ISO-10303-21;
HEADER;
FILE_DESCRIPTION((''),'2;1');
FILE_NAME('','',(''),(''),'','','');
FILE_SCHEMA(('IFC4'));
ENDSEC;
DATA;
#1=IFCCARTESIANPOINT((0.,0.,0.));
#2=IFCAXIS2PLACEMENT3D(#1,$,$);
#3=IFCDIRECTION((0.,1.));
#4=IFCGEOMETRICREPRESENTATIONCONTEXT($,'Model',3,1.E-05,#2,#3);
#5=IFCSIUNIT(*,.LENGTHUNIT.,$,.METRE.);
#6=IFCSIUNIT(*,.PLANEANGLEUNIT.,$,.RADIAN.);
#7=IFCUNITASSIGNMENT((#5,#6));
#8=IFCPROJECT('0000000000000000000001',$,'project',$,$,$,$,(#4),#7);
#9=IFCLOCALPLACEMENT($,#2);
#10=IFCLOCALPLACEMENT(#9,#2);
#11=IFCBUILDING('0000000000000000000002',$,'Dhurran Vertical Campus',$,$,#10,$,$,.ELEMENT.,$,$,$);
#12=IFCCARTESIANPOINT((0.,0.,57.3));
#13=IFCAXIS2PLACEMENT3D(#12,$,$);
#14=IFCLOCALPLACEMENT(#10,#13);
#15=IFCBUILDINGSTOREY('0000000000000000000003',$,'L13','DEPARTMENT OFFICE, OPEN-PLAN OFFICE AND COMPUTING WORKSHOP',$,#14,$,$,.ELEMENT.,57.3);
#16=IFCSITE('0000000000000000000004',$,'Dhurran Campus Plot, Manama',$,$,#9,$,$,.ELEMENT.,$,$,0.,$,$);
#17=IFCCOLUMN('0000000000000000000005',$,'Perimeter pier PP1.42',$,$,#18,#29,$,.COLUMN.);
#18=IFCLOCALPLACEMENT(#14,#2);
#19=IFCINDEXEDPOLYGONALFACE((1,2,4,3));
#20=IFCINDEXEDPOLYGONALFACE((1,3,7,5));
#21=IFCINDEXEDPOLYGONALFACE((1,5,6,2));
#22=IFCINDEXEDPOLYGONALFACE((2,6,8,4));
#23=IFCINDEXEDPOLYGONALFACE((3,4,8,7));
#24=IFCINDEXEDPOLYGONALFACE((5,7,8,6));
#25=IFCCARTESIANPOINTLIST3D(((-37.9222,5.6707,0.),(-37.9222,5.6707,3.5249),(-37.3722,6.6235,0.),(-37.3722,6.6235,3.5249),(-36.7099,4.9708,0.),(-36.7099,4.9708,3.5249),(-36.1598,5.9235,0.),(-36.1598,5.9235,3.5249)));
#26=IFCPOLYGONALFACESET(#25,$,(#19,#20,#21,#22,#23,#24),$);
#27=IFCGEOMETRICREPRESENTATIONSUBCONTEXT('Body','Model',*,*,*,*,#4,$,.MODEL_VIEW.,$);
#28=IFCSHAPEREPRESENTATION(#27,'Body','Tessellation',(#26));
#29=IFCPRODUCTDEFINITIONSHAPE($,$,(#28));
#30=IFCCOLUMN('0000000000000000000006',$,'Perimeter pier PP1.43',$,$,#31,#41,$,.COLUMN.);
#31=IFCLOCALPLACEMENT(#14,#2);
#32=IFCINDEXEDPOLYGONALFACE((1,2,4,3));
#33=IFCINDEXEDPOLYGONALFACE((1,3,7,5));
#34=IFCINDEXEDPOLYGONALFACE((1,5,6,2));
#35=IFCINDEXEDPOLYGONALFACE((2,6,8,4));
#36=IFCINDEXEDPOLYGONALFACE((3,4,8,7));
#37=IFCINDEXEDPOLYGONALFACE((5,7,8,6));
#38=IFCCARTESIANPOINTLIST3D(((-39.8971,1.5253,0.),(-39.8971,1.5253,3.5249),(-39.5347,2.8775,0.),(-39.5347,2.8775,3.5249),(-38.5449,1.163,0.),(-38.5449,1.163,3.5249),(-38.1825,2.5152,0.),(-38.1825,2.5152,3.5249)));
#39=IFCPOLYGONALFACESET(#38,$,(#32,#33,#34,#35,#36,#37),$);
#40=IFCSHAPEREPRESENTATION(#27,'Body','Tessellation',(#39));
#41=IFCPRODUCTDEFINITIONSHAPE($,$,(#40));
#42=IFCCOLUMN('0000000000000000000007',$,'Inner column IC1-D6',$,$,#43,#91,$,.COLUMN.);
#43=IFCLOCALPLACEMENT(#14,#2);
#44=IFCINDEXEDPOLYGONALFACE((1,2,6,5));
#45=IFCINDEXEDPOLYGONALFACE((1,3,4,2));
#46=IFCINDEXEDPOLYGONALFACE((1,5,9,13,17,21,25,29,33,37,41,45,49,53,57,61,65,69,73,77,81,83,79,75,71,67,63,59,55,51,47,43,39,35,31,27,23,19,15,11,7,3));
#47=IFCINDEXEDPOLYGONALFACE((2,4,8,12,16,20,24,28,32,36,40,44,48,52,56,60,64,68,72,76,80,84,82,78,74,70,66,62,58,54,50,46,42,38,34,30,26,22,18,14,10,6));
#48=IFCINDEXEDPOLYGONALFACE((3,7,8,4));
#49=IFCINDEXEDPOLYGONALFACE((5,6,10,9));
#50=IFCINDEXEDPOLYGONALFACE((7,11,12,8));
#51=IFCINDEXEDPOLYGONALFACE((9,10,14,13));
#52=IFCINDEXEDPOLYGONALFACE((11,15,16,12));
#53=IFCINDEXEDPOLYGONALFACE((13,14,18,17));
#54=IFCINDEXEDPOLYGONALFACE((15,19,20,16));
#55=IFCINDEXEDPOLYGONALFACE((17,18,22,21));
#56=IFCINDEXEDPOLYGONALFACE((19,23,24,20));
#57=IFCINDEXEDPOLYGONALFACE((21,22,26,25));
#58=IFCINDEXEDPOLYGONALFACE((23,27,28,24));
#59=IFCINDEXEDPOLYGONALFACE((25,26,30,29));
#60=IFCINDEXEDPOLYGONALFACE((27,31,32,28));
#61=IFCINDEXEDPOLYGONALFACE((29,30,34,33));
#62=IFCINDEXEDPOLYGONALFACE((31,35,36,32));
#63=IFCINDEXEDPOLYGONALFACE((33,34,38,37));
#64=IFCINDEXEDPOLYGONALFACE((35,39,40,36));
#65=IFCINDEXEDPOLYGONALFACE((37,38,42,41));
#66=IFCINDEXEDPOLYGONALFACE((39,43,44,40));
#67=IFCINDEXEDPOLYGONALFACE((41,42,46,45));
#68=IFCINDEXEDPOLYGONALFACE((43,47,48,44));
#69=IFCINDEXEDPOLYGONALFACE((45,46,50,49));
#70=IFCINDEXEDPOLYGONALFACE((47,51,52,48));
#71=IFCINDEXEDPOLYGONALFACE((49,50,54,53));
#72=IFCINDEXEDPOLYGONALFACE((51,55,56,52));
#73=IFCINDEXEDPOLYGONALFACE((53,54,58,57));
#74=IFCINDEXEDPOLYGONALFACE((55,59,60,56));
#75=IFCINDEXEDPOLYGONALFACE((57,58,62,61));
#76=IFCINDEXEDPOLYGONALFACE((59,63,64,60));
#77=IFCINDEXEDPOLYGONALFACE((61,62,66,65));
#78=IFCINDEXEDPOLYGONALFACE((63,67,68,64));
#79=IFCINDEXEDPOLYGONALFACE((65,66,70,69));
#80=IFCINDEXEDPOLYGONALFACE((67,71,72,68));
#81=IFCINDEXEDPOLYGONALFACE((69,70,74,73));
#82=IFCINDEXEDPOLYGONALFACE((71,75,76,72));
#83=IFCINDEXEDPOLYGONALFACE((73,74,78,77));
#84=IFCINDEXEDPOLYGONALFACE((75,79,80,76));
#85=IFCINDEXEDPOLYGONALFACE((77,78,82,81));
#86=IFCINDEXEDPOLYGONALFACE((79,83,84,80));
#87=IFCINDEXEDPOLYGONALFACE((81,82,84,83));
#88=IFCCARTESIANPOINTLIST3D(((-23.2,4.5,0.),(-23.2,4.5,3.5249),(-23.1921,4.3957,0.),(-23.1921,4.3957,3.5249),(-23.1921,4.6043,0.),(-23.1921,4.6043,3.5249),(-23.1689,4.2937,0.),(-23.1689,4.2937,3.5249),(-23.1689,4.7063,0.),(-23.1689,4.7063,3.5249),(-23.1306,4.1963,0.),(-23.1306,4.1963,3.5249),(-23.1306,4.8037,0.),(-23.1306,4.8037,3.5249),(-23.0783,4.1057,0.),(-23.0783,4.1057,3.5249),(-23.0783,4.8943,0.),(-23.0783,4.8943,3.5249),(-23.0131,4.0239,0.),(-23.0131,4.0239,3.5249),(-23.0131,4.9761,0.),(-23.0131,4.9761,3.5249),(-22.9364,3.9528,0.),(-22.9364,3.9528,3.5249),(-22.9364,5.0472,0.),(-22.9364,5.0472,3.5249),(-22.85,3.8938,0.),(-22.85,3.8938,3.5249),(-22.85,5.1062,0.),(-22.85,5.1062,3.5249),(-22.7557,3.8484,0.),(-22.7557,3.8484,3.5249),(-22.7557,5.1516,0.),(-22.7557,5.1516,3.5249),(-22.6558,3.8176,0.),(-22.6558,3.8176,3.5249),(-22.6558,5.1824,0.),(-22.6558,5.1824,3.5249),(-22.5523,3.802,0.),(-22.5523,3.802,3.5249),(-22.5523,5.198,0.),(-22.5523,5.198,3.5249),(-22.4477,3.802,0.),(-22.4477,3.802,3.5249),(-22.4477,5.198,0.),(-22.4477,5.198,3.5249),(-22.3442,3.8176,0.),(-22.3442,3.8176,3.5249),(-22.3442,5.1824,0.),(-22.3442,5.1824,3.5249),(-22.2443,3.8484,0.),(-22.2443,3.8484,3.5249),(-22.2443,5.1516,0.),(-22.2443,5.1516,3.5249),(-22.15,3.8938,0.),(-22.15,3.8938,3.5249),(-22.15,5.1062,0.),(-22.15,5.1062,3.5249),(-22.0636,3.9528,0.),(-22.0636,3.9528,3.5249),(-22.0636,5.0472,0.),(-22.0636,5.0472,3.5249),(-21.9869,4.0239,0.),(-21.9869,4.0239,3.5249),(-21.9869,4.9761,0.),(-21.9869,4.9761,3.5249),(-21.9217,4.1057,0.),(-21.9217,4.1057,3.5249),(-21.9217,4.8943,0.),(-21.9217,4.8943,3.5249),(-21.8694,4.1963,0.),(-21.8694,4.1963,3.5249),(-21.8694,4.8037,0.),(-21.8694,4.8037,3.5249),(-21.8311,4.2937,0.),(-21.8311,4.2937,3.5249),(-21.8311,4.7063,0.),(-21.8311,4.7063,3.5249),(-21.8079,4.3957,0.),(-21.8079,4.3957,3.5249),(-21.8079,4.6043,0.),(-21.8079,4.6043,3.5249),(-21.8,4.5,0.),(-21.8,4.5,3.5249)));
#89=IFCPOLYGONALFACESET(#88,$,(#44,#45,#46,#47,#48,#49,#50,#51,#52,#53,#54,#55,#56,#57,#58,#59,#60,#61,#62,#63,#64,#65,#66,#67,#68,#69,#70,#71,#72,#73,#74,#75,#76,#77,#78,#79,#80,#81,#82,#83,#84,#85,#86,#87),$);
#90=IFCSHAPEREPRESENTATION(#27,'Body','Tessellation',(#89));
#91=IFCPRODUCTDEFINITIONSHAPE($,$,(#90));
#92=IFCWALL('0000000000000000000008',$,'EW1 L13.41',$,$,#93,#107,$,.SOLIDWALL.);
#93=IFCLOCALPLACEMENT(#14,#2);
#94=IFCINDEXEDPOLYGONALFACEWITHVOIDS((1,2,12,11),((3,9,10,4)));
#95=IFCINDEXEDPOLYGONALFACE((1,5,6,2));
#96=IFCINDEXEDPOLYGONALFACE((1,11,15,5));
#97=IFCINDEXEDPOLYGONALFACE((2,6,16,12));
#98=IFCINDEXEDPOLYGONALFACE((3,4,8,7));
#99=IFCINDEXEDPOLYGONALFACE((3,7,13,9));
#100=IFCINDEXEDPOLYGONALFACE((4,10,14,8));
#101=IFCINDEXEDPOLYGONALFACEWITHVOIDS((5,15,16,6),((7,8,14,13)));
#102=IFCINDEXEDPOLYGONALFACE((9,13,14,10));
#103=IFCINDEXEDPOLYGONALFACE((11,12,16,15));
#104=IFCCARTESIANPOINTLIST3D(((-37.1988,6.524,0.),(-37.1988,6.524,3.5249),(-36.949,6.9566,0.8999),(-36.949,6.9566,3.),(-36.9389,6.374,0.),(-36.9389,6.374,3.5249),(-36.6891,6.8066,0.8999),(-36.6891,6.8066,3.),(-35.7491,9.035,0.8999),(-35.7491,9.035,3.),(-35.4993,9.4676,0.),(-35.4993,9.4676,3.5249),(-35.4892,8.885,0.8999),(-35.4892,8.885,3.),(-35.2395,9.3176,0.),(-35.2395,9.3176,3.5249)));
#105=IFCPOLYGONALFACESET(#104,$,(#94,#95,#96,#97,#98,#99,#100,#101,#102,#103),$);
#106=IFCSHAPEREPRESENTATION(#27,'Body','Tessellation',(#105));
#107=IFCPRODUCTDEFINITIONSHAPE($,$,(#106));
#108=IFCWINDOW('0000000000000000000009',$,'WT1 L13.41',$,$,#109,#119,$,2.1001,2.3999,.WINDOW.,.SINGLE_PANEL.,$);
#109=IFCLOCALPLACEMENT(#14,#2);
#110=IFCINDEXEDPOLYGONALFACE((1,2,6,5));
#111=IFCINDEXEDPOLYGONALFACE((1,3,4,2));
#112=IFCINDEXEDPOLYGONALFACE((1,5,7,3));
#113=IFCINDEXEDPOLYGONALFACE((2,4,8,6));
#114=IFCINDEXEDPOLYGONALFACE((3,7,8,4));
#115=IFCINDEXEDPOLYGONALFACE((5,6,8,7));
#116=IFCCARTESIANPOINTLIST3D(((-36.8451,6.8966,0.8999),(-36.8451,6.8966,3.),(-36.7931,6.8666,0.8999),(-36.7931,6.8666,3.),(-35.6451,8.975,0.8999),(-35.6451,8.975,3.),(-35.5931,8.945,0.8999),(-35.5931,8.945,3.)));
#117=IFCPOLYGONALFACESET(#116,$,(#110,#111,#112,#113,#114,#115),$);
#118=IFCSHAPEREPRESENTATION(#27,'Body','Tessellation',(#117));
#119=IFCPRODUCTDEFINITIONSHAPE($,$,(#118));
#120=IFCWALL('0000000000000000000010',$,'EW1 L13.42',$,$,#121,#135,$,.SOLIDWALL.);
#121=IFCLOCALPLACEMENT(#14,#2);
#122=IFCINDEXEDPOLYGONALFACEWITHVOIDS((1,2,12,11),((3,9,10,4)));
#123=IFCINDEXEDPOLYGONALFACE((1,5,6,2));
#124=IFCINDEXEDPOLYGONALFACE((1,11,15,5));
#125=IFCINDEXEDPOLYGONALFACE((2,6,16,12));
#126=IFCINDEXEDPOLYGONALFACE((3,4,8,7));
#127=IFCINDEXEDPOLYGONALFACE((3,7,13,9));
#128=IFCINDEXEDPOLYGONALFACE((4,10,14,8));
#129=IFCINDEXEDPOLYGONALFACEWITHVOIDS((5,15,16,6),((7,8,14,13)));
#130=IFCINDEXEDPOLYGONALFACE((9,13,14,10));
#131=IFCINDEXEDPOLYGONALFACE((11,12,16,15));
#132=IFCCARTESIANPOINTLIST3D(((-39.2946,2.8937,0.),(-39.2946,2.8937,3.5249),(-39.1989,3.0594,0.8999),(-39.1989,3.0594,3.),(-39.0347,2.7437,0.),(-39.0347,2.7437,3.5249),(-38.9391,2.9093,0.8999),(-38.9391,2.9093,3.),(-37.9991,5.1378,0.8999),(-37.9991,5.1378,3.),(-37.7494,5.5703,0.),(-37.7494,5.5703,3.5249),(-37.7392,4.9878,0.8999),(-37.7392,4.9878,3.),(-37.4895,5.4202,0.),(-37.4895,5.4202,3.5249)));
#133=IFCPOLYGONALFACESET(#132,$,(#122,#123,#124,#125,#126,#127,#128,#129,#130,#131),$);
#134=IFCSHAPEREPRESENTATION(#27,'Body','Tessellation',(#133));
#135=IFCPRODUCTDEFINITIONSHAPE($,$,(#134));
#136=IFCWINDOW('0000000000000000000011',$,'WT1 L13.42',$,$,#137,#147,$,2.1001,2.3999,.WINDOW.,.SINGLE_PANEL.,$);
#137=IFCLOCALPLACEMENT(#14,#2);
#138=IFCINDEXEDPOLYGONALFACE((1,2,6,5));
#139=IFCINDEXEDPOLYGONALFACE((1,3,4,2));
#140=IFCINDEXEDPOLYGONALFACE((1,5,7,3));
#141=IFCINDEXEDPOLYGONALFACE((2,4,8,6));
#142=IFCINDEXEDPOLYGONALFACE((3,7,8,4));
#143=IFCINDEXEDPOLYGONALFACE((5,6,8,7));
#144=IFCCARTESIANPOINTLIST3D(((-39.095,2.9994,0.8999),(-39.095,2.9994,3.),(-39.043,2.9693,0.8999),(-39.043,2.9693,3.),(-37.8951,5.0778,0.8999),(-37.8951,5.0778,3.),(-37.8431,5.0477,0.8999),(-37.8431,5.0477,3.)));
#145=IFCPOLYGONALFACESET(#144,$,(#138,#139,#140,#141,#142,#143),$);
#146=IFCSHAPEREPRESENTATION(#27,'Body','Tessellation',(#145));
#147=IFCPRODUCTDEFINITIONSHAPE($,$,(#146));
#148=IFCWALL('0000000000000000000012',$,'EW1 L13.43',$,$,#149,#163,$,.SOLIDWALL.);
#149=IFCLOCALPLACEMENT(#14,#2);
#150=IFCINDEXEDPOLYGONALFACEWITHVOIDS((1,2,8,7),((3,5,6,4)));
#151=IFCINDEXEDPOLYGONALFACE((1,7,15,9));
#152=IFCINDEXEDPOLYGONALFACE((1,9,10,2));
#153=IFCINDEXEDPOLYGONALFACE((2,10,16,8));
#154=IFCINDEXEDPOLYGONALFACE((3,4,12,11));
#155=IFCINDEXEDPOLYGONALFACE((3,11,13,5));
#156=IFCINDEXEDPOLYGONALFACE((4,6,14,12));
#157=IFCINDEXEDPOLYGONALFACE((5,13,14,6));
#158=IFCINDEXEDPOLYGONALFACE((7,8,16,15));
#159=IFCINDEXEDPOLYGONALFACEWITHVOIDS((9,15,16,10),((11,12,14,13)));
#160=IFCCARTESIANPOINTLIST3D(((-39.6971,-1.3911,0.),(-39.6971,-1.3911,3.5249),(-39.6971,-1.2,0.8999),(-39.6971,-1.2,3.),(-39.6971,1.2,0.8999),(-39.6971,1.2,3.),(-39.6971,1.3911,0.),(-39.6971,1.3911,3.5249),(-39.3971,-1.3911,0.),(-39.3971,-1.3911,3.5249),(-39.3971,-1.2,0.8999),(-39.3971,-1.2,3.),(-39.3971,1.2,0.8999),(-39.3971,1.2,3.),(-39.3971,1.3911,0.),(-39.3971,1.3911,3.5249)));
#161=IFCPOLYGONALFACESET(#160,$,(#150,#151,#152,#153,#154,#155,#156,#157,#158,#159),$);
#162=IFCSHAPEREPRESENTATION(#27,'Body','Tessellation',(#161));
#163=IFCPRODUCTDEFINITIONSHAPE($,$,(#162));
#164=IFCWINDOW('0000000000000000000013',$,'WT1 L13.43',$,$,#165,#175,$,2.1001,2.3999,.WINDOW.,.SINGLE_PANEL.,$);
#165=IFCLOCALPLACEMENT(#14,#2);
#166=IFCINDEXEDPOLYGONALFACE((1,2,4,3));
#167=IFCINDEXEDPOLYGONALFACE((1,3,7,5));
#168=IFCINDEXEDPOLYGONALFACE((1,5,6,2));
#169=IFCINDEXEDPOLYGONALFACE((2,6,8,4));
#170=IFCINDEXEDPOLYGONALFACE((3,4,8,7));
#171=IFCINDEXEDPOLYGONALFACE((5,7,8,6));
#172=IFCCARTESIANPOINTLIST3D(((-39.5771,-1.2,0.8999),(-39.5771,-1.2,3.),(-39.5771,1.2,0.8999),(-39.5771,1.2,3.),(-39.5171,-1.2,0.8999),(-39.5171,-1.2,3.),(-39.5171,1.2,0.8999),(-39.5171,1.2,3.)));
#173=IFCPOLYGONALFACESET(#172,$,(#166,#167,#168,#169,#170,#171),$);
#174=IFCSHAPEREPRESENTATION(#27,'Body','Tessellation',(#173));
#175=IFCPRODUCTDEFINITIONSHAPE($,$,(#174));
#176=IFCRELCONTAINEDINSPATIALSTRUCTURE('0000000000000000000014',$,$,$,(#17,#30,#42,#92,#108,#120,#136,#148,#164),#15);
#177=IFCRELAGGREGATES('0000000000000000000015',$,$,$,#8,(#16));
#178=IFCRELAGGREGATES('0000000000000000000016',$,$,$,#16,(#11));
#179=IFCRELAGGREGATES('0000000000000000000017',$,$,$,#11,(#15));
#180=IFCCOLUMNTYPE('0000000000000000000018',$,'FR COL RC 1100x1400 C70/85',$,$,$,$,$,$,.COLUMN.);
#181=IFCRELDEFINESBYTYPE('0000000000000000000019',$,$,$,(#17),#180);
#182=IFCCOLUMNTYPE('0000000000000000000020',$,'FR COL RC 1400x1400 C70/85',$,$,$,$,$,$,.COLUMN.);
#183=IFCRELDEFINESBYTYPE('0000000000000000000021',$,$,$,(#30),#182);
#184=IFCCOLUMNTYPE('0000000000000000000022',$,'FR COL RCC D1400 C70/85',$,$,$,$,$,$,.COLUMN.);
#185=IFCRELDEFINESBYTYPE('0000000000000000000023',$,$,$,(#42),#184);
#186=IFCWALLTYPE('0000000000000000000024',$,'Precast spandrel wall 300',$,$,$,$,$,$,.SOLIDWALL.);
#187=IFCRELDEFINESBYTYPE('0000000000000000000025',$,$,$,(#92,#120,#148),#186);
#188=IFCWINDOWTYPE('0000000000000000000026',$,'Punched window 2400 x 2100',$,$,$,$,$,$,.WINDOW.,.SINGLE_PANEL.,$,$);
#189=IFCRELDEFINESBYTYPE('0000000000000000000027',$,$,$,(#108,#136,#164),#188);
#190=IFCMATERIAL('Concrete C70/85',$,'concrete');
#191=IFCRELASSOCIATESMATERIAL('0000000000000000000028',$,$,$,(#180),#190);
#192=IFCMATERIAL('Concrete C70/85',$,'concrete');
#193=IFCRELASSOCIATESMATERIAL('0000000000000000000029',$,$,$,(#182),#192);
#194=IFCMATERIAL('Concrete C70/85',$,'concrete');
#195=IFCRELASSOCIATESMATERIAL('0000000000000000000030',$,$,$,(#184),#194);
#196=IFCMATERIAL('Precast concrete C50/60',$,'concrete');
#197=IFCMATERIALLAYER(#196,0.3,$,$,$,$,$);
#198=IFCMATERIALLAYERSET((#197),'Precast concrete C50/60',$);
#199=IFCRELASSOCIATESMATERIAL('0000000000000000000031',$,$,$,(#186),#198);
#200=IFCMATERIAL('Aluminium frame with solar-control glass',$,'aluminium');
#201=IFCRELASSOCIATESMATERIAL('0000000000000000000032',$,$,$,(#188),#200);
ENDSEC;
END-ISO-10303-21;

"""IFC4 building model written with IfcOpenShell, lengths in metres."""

from ifc_helpers import new_model, si_unit, direction, frame, frame_2d, origin, origin_2d, place, context, subcontext, project, spatial, rectangle, circle, extrude, material, layer, layer_set, material_profile, profile_set, type_object, element, fill, save


model = new_model("IFC4")

# Units and contexts
model_context = context("Model", 3, precision=1e-05, world=origin(), true_north=direction((0.0, 1.0)))
body_context = subcontext(model_context, "Body", "Model", "MODEL_VIEW")
ifc_project = project(units=[si_unit("LENGTHUNIT", "METRE"), si_unit("PLANEANGLEUNIT", "RADIAN")], contexts=[model_context])

# Site, building, storey
site_placement = place(None, origin())
site = spatial("IfcSite", under=ifc_project, at=site_placement, Name="Dhurran Campus Plot, Manama", CompositionType="ELEMENT", RefElevation=0.0)
building_placement = place(site_placement, origin())
building = spatial("IfcBuilding", under=site, at=building_placement, Name="Dhurran Vertical Campus", CompositionType="ELEMENT")
storey_placement = place(building_placement, frame((0.0, 0.0, 57.3)))
storey = spatial("IfcBuildingStorey", under=building, at=storey_placement, Name="L13", Description="DEPARTMENT OFFICE, OPEN-PLAN OFFICE AND COMPUTING WORKSHOP", CompositionType="ELEMENT", Elevation=57.3)

# Columns
ifc_material_1 = material(Name="Concrete C70/85", Category="concrete")
ifc_material_profile_1 = material_profile(ifc_material_1, rectangle(XDim=1.1001, YDim=1.3999, at=origin_2d()), Name="RC 1100x1400")
ifc_profile_set_1 = profile_set([ifc_material_profile_1], Name="Concrete C70/85")
column_type_1 = type_object("IfcColumnType", Name="FR COL RC 1100x1400 C70/85", PredefinedType="COLUMN", material=ifc_profile_set_1)
column_1_placement = place(storey_placement, frame((-37.041, 5.7971, 0.0), z_axis=(0.0, 0.0, 1.0), x_axis=(-0.5, -0.866025, 0.0)))
element("IfcColumn", 1, at=column_1_placement, inside=storey, type_object=column_type_1, Name="Perimeter pier PP1.42", PredefinedType="COLUMN", context=body_context, shape_type="SweptSolid", body=[
    extrude(rectangle(XDim=1.1001, YDim=1.3999, at=origin_2d()), origin(), (0.0, 0.0, 1.0), 3.5249),
])
ifc_material_2 = material(Name="Concrete C70/85", Category="concrete")
ifc_material_profile_2 = material_profile(ifc_material_2, rectangle(XDim=1.3999, YDim=1.3999, at=origin_2d()), Name="RC 1400x1400")
ifc_profile_set_2 = profile_set([ifc_material_profile_2], Name="Concrete C70/85")
column_type_2 = type_object("IfcColumnType", Name="FR COL RC 1400x1400 C70/85", PredefinedType="COLUMN", material=ifc_profile_set_2)
column_2_placement = place(storey_placement, frame((-39.0398, 2.0203, 0.0), z_axis=(0.0, 0.0, 1.0), x_axis=(-0.258819, -0.965926, 0.0)))
element("IfcColumn", 2, at=column_2_placement, inside=storey, type_object=column_type_2, Name="Perimeter pier PP1.43", PredefinedType="COLUMN", context=body_context, shape_type="SweptSolid", body=[
    extrude(rectangle(XDim=1.3999, YDim=1.3999, at=origin_2d()), origin(), (0.0, 0.0, 1.0), 3.5249),
])
ifc_material_3 = material(Name="Concrete C70/85", Category="concrete")
ifc_material_profile_3 = material_profile(ifc_material_3, circle(Radius=0.7, at=origin_2d()), Name="RCC D1400")
ifc_profile_set_3 = profile_set([ifc_material_profile_3], Name="Concrete C70/85")
column_type_3 = type_object("IfcColumnType", Name="FR COL RCC D1400 C70/85", PredefinedType="COLUMN", material=ifc_profile_set_3)
column_3_placement = place(storey_placement, frame((-22.5, 4.5, 0.0), z_axis=(0.0, 0.0, 1.0), x_axis=(1.0, 0.0, 0.0)))
element("IfcColumn", 3, at=column_3_placement, inside=storey, type_object=column_type_3, Name="Inner column IC1-D6", PredefinedType="COLUMN", context=body_context, shape_type="SweptSolid", body=[
    extrude(circle(Radius=0.7, at=origin_2d()), origin(), (0.0, 0.0, 1.0), 3.5249),
])

# Walls, openings, windows
ifc_material_4 = material(Name="Precast concrete C50/60", Category="concrete")
ifc_layer_1 = layer(ifc_material_4, 0.3)
ifc_layer_set_1 = layer_set([ifc_layer_1], Name="Precast concrete C50/60")
wall_type_1 = type_object("IfcWallType", Name="Precast spandrel wall 300", PredefinedType="SOLIDWALL", material=ifc_layer_set_1)
wall_1_placement = place(storey_placement, frame((-35.3694, 9.3926, 0.0), z_axis=(0.0, 0.0, 1.0), x_axis=(-0.499994, -0.866029, 0.0)))
wall_1 = element("IfcWall", 4, at=wall_1_placement, inside=storey, type_object=wall_type_1, Name="EW1 L13.41", PredefinedType="SOLIDWALL", context=body_context, shape_type="SweptSolid", body=[
    extrude(rectangle(XDim=3.3989, YDim=0.3, at=frame_2d((1.6995, 0.0))), origin(), (0.0, 0.0, 1.0), 3.5249),
])
opening_1_placement = place(wall_1_placement, frame((0.4995, 0.0, 0.8999)))
opening_1 = element("IfcOpeningElement", 5, at=opening_1_placement, cuts=wall_1, PredefinedType="OPENING", context=body_context, shape_type="SweptSolid", body=[
    extrude(rectangle(XDim=2.3999, YDim=2.1001, at=frame_2d((1.2, 1.05))), frame((0.0, 0.1599, 0.0), z_axis=(0.0, -1.0, 0.0), x_axis=(1.0, 0.0, 0.0)), (0.0, 0.0, 1.0), 0.3201),
])
ifc_material_5 = material(Name="Aluminium frame with solar-control glass", Category="aluminium")
window_type = type_object("IfcWindowType", Name="Punched window 2400 x 2100", PartitioningType="SINGLE_PANEL", PredefinedType="WINDOW", material=ifc_material_5)
window_1_placement = place(opening_1_placement, origin())
window_1 = element("IfcWindow", 6, at=window_1_placement, inside=storey, type_object=window_type, Name="WT1 L13.41", OverallHeight=2.1001, OverallWidth=2.3999, PartitioningType="SINGLE_PANEL", PredefinedType="WINDOW", context=body_context, shape_type="SweptSolid", body=[
    extrude(rectangle(XDim=2.3999, YDim=2.1001, at=frame_2d((1.2, 1.05))), frame((0.0, 0.03, 0.0), z_axis=(0.0, -1.0, 0.0), x_axis=(1.0, 0.0, 0.0)), (0.0, 0.0, 1.0), 0.0601),
])
fill(opening_1, window_1)
wall_2_placement = place(storey_placement, frame((-37.6194, 5.4954, 0.0), z_axis=(0.0, 0.0, 1.0), x_axis=(-0.499971, -0.866042, 0.0)))
wall_2 = element("IfcWall", 7, at=wall_2_placement, inside=storey, type_object=wall_type_1, Name="EW1 L13.42", PredefinedType="SOLIDWALL", context=body_context, shape_type="SweptSolid", body=[
    extrude(rectangle(XDim=3.0906, YDim=0.3, at=frame_2d((1.5454, 0.0))), origin(), (0.0, 0.0, 1.0), 3.5249),
])
opening_2_placement = place(wall_2_placement, frame((0.4995, 0.0, 0.8999)))
opening_2 = element("IfcOpeningElement", 8, at=opening_2_placement, cuts=wall_2, PredefinedType="OPENING", context=body_context, shape_type="SweptSolid", body=[
    extrude(rectangle(XDim=2.3999, YDim=2.1001, at=frame_2d((1.2, 1.05))), frame((0.0, 0.1599, 0.0), z_axis=(0.0, -1.0, 0.0), x_axis=(1.0, 0.0, 0.0)), (0.0, 0.0, 1.0), 0.3201),
])
window_2_placement = place(opening_2_placement, origin())
window_2 = element("IfcWindow", 9, at=window_2_placement, inside=storey, type_object=window_type, Name="WT1 L13.42", OverallHeight=2.1001, OverallWidth=2.3999, PartitioningType="SINGLE_PANEL", PredefinedType="WINDOW", context=body_context, shape_type="SweptSolid", body=[
    extrude(rectangle(XDim=2.3999, YDim=2.1001, at=frame_2d((1.2, 1.05))), frame((0.0, 0.03, 0.0), z_axis=(0.0, -1.0, 0.0), x_axis=(1.0, 0.0, 0.0)), (0.0, 0.0, 1.0), 0.0601),
])
fill(opening_2, window_2)
wall_3_placement = place(storey_placement, frame((-39.5471, 1.3911, 0.0), z_axis=(0.0, 0.0, 1.0), x_axis=(0.0, -1.0, 0.0)))
wall_3 = element("IfcWall", 10, at=wall_3_placement, inside=storey, type_object=wall_type_1, Name="EW1 L13.43", PredefinedType="SOLIDWALL", context=body_context, shape_type="SweptSolid", body=[
    extrude(rectangle(XDim=2.7822, YDim=0.3, at=frame_2d((1.3911, 0.0))), origin(), (0.0, 0.0, 1.0), 3.5249),
])
opening_3_placement = place(wall_3_placement, frame((0.1912, 0.0, 0.8999)))
opening_3 = element("IfcOpeningElement", 11, at=opening_3_placement, cuts=wall_3, PredefinedType="OPENING", context=body_context, shape_type="SweptSolid", body=[
    extrude(rectangle(XDim=2.3999, YDim=2.1001, at=frame_2d((1.2, 1.05))), frame((0.0, 0.1599, 0.0), z_axis=(0.0, -1.0, 0.0), x_axis=(1.0, 0.0, 0.0)), (0.0, 0.0, 1.0), 0.3201),
])
window_3_placement = place(opening_3_placement, origin())
window_3 = element("IfcWindow", 12, at=window_3_placement, inside=storey, type_object=window_type, Name="WT1 L13.43", OverallHeight=2.1001, OverallWidth=2.3999, PartitioningType="SINGLE_PANEL", PredefinedType="WINDOW", context=body_context, shape_type="SweptSolid", body=[
    extrude(rectangle(XDim=2.3999, YDim=2.1001, at=frame_2d((1.2, 1.05))), frame((0.0, 0.03, 0.0), z_axis=(0.0, -1.0, 0.0), x_axis=(1.0, 0.0, 0.0)), (0.0, 0.0, 1.0), 0.0601),
])
fill(opening_3, window_3)

save(model, "model.ifc")
